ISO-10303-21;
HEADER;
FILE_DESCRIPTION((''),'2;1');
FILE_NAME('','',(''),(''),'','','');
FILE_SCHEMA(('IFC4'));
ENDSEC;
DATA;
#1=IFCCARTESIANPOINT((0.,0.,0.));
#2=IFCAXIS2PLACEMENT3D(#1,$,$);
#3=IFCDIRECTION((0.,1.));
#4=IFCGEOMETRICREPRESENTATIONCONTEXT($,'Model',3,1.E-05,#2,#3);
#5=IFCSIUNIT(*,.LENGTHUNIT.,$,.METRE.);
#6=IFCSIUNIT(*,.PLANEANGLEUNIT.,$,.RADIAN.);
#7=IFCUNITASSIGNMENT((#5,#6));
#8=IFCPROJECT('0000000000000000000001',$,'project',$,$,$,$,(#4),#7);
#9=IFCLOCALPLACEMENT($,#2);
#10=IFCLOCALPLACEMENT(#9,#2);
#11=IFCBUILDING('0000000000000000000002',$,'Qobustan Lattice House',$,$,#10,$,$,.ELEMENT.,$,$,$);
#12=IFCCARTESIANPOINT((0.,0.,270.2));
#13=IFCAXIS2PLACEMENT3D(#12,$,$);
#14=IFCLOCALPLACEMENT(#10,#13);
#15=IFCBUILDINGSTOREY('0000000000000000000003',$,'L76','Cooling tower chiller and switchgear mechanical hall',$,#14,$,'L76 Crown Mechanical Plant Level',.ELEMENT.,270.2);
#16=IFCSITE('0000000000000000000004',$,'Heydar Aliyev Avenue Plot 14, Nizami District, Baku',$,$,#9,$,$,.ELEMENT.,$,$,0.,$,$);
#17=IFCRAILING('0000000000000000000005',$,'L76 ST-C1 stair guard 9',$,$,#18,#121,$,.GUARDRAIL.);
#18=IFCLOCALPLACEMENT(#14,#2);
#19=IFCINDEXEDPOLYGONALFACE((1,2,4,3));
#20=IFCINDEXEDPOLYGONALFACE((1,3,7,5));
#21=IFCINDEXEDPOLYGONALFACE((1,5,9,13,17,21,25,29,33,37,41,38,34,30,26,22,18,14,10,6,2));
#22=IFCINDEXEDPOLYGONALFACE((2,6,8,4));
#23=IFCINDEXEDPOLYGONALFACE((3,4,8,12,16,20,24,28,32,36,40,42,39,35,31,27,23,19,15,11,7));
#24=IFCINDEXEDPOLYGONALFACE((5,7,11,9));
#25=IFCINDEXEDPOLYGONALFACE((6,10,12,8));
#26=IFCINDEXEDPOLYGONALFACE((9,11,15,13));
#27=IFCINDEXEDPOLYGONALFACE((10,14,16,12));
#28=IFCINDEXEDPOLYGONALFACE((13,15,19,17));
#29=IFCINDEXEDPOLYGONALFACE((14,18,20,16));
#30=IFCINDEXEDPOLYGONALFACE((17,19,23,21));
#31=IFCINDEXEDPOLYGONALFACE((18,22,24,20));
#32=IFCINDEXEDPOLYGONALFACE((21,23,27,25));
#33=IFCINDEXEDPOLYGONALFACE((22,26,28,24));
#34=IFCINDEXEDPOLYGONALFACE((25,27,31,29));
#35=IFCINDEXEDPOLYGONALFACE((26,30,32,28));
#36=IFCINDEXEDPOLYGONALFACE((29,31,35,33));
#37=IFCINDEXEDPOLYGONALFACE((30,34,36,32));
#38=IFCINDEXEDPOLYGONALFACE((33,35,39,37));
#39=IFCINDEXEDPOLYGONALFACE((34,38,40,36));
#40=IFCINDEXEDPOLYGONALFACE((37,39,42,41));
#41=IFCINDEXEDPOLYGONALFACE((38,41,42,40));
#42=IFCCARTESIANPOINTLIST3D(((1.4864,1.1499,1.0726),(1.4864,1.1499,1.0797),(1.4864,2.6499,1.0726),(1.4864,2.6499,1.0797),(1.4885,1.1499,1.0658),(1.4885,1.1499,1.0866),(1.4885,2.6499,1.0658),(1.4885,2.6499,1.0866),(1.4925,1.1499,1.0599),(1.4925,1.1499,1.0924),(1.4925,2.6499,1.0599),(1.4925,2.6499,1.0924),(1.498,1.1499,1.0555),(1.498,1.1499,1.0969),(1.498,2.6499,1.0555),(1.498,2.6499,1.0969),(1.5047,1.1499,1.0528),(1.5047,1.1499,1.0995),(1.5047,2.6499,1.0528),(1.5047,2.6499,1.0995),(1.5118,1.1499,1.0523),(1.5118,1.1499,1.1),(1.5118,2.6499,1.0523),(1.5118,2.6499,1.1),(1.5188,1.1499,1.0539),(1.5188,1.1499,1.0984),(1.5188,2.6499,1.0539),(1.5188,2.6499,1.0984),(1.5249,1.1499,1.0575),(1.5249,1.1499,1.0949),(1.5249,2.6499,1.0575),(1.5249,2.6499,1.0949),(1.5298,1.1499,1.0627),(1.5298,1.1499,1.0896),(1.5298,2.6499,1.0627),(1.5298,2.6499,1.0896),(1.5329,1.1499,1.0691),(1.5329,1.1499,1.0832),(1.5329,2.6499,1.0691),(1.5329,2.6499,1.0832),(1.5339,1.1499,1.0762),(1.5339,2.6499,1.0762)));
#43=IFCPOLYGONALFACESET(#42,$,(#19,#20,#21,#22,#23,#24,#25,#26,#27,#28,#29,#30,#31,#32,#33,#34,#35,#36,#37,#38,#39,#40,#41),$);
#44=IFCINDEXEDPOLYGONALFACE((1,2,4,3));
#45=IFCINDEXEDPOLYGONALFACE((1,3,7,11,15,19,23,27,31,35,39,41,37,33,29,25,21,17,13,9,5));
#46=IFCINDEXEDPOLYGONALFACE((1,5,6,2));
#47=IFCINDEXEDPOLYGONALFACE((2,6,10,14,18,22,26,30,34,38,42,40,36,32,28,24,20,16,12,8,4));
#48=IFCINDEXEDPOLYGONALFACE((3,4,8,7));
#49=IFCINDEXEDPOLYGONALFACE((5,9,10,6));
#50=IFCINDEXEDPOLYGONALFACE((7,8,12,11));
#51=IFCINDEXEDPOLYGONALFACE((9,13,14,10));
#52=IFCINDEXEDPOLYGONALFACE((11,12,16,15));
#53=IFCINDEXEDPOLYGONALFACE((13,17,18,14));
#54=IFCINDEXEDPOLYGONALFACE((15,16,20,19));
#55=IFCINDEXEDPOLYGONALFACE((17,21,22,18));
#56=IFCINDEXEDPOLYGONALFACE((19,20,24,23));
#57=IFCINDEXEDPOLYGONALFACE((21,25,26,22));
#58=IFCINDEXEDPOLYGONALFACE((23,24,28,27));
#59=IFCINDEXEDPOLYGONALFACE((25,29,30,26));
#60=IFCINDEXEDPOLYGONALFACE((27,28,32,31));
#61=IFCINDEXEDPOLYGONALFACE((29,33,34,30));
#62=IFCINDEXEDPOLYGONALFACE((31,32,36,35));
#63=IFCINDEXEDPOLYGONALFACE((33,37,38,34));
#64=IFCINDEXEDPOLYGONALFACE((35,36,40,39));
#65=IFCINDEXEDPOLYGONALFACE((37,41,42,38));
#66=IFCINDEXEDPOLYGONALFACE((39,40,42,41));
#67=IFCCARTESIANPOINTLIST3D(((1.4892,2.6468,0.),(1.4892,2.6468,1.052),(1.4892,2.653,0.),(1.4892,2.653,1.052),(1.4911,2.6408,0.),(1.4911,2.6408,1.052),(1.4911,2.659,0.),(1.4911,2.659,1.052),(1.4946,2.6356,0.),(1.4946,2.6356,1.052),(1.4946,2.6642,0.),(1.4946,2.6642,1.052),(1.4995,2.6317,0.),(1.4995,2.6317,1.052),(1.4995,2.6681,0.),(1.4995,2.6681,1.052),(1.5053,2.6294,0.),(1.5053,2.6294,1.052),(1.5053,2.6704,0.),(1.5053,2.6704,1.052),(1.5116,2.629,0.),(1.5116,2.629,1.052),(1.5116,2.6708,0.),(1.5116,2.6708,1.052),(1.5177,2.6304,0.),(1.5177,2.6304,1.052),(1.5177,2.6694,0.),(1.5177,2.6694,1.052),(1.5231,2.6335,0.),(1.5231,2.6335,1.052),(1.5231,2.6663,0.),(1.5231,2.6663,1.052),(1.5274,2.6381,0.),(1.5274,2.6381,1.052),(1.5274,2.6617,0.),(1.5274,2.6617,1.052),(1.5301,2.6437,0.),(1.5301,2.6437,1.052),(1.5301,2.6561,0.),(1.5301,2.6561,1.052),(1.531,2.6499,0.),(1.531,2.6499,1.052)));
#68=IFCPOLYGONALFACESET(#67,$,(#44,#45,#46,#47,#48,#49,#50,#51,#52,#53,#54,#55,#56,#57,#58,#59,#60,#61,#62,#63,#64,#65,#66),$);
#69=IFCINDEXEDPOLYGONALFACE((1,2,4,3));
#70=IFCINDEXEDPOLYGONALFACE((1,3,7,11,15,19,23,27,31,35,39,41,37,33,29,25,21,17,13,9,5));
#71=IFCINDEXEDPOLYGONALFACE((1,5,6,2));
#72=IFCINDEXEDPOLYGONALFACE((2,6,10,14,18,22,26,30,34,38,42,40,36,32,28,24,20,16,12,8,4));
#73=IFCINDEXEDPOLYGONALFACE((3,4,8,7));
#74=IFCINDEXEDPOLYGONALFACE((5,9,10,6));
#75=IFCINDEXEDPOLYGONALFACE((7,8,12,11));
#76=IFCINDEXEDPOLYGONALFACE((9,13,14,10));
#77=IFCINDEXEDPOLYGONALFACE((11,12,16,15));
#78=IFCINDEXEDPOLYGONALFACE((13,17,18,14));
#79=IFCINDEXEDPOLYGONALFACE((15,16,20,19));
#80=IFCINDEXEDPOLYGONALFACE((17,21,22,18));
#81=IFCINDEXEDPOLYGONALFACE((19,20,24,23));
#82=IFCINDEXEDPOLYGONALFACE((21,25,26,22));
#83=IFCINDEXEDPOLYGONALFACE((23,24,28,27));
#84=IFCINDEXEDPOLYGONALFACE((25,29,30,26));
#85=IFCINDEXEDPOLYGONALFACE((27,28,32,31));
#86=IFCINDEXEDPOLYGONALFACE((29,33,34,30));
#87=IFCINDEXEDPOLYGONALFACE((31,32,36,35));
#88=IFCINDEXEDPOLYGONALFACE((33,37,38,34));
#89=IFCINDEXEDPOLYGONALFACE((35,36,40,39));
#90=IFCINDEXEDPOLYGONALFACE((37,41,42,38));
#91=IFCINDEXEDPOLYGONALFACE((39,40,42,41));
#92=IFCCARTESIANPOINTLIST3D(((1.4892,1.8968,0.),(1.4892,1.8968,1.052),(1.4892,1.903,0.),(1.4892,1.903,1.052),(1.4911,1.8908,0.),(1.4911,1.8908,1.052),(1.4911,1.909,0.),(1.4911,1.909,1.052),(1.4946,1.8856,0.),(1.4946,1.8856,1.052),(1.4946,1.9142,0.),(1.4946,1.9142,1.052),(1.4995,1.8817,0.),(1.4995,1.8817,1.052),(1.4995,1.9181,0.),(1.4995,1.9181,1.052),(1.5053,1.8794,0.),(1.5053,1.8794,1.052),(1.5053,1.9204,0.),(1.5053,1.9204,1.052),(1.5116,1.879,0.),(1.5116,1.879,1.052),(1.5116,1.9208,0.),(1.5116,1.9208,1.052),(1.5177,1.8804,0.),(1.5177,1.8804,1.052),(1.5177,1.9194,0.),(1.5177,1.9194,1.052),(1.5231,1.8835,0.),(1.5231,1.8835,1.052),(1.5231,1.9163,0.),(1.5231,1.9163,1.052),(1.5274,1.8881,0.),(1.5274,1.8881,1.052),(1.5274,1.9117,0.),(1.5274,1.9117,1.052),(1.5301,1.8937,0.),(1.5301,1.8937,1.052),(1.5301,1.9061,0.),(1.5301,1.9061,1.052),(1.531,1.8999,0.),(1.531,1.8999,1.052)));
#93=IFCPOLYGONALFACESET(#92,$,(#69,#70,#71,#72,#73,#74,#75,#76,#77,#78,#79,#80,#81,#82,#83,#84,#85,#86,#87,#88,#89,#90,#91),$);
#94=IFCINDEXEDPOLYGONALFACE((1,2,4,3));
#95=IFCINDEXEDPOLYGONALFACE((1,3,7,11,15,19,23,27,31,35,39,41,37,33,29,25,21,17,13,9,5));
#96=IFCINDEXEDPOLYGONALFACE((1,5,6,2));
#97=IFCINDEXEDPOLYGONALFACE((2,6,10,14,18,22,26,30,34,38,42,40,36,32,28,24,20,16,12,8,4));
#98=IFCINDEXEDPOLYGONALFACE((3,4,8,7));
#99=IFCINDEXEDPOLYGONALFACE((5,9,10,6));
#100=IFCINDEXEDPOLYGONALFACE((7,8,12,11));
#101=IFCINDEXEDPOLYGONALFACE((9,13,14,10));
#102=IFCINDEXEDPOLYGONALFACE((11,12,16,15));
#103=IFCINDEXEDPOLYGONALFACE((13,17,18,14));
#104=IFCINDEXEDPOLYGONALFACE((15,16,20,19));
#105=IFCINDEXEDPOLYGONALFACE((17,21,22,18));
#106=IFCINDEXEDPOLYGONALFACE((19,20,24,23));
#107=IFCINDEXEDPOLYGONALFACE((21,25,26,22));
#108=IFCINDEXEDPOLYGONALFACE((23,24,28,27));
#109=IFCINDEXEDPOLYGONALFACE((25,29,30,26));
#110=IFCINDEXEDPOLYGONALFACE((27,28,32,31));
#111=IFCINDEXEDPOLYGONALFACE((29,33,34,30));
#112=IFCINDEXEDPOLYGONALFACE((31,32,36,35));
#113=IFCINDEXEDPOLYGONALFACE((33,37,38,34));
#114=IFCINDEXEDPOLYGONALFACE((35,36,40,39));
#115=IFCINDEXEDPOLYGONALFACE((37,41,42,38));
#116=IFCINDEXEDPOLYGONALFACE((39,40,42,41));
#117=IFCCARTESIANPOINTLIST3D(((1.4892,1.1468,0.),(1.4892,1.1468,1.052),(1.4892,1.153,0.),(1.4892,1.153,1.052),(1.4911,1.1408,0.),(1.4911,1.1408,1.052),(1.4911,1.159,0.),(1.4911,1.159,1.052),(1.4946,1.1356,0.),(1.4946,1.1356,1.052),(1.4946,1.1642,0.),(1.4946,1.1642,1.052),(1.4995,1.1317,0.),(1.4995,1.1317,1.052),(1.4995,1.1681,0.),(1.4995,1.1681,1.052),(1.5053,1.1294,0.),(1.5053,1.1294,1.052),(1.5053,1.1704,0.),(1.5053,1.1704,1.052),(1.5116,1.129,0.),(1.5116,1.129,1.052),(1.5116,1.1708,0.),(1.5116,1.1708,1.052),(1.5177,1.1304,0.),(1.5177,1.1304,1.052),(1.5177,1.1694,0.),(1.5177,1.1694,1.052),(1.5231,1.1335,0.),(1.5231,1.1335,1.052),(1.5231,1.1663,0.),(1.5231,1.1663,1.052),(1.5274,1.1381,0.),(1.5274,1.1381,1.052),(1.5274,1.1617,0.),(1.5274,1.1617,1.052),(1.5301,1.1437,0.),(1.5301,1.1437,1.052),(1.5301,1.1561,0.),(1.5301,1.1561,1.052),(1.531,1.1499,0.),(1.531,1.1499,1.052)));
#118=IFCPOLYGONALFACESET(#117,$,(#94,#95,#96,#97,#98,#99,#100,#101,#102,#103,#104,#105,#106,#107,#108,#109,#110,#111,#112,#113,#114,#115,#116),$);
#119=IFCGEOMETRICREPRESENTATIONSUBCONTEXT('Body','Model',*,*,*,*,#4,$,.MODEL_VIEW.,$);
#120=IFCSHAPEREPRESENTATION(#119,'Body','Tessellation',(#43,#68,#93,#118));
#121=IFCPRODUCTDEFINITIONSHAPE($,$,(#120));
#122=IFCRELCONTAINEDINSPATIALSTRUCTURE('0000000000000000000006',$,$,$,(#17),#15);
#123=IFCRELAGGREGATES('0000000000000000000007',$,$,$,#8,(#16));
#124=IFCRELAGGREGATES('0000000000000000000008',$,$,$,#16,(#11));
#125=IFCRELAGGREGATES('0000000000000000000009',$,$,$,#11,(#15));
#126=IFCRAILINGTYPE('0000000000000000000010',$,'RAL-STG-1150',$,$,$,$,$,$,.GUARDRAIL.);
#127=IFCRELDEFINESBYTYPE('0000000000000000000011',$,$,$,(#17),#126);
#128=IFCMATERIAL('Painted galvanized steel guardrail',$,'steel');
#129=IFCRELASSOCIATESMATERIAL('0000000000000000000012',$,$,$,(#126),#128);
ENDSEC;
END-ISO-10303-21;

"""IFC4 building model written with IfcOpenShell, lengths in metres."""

from ifc_helpers import new_model, si_unit, direction, frame, origin, origin_2d, place, context, subcontext, project, spatial, circle, extrude, material, type_object, element, save


model = new_model("IFC4")

# Units and contexts
model_context = context("Model", 3, precision=1e-05, world=origin(), true_north=direction((0.0, 1.0)))
body_context = subcontext(model_context, "Body", "Model", "MODEL_VIEW")
ifc_project = project(units=[si_unit("LENGTHUNIT", "METRE"), si_unit("PLANEANGLEUNIT", "RADIAN")], contexts=[model_context])

# Site, building, storey
site_placement = place(None, origin())
site = spatial("IfcSite", under=ifc_project, at=site_placement, Name="Heydar Aliyev Avenue Plot 14, Nizami District, Baku", CompositionType="ELEMENT", RefElevation=0.0)
building_placement = place(site_placement, origin())
building = spatial("IfcBuilding", under=site, at=building_placement, Name="Qobustan Lattice House", CompositionType="ELEMENT")
storey_placement = place(building_placement, frame((0.0, 0.0, 270.2)))
storey = spatial("IfcBuildingStorey", under=building, at=storey_placement, Name="L76", Description="Cooling tower chiller and switchgear mechanical hall", LongName="L76 Crown Mechanical Plant Level", CompositionType="ELEMENT", Elevation=270.2)

# Railing
ifc_material_1 = material(Name="Painted galvanized steel guardrail", Category="steel")
railing_type = type_object("IfcRailingType", Name="RAL-STG-1150", PredefinedType="GUARDRAIL", material=ifc_material_1)
railing_1_placement = place(storey_placement, frame((1.51, 2.6499, 0.0)))
element("IfcRailing", 1, at=railing_1_placement, inside=storey, type_object=railing_type, Name="L76 ST-C1 stair guard 9", PredefinedType="GUARDRAIL", context=body_context, shape_type="SweptSolid", body=[
    extrude(circle(Radius=0.0239, at=origin_2d()), frame((0.0, 0.0, 1.0762), z_axis=(0.0, -1.0, 0.0), x_axis=(1.0, 0.0, 0.0)), (0.0, 0.0, 1.0), 1.5),
    extrude(circle(Radius=0.021, at=origin_2d()), origin(), (0.0, 0.0, 1.0), 1.052),
    extrude(circle(Radius=0.021, at=origin_2d()), frame((0.0, -0.75, 0.0)), (0.0, 0.0, 1.0), 1.052),
    extrude(circle(Radius=0.021, at=origin_2d()), frame((0.0, -1.5, 0.0)), (0.0, 0.0, 1.0), 1.052),
])

save(model, "model.ifc")
